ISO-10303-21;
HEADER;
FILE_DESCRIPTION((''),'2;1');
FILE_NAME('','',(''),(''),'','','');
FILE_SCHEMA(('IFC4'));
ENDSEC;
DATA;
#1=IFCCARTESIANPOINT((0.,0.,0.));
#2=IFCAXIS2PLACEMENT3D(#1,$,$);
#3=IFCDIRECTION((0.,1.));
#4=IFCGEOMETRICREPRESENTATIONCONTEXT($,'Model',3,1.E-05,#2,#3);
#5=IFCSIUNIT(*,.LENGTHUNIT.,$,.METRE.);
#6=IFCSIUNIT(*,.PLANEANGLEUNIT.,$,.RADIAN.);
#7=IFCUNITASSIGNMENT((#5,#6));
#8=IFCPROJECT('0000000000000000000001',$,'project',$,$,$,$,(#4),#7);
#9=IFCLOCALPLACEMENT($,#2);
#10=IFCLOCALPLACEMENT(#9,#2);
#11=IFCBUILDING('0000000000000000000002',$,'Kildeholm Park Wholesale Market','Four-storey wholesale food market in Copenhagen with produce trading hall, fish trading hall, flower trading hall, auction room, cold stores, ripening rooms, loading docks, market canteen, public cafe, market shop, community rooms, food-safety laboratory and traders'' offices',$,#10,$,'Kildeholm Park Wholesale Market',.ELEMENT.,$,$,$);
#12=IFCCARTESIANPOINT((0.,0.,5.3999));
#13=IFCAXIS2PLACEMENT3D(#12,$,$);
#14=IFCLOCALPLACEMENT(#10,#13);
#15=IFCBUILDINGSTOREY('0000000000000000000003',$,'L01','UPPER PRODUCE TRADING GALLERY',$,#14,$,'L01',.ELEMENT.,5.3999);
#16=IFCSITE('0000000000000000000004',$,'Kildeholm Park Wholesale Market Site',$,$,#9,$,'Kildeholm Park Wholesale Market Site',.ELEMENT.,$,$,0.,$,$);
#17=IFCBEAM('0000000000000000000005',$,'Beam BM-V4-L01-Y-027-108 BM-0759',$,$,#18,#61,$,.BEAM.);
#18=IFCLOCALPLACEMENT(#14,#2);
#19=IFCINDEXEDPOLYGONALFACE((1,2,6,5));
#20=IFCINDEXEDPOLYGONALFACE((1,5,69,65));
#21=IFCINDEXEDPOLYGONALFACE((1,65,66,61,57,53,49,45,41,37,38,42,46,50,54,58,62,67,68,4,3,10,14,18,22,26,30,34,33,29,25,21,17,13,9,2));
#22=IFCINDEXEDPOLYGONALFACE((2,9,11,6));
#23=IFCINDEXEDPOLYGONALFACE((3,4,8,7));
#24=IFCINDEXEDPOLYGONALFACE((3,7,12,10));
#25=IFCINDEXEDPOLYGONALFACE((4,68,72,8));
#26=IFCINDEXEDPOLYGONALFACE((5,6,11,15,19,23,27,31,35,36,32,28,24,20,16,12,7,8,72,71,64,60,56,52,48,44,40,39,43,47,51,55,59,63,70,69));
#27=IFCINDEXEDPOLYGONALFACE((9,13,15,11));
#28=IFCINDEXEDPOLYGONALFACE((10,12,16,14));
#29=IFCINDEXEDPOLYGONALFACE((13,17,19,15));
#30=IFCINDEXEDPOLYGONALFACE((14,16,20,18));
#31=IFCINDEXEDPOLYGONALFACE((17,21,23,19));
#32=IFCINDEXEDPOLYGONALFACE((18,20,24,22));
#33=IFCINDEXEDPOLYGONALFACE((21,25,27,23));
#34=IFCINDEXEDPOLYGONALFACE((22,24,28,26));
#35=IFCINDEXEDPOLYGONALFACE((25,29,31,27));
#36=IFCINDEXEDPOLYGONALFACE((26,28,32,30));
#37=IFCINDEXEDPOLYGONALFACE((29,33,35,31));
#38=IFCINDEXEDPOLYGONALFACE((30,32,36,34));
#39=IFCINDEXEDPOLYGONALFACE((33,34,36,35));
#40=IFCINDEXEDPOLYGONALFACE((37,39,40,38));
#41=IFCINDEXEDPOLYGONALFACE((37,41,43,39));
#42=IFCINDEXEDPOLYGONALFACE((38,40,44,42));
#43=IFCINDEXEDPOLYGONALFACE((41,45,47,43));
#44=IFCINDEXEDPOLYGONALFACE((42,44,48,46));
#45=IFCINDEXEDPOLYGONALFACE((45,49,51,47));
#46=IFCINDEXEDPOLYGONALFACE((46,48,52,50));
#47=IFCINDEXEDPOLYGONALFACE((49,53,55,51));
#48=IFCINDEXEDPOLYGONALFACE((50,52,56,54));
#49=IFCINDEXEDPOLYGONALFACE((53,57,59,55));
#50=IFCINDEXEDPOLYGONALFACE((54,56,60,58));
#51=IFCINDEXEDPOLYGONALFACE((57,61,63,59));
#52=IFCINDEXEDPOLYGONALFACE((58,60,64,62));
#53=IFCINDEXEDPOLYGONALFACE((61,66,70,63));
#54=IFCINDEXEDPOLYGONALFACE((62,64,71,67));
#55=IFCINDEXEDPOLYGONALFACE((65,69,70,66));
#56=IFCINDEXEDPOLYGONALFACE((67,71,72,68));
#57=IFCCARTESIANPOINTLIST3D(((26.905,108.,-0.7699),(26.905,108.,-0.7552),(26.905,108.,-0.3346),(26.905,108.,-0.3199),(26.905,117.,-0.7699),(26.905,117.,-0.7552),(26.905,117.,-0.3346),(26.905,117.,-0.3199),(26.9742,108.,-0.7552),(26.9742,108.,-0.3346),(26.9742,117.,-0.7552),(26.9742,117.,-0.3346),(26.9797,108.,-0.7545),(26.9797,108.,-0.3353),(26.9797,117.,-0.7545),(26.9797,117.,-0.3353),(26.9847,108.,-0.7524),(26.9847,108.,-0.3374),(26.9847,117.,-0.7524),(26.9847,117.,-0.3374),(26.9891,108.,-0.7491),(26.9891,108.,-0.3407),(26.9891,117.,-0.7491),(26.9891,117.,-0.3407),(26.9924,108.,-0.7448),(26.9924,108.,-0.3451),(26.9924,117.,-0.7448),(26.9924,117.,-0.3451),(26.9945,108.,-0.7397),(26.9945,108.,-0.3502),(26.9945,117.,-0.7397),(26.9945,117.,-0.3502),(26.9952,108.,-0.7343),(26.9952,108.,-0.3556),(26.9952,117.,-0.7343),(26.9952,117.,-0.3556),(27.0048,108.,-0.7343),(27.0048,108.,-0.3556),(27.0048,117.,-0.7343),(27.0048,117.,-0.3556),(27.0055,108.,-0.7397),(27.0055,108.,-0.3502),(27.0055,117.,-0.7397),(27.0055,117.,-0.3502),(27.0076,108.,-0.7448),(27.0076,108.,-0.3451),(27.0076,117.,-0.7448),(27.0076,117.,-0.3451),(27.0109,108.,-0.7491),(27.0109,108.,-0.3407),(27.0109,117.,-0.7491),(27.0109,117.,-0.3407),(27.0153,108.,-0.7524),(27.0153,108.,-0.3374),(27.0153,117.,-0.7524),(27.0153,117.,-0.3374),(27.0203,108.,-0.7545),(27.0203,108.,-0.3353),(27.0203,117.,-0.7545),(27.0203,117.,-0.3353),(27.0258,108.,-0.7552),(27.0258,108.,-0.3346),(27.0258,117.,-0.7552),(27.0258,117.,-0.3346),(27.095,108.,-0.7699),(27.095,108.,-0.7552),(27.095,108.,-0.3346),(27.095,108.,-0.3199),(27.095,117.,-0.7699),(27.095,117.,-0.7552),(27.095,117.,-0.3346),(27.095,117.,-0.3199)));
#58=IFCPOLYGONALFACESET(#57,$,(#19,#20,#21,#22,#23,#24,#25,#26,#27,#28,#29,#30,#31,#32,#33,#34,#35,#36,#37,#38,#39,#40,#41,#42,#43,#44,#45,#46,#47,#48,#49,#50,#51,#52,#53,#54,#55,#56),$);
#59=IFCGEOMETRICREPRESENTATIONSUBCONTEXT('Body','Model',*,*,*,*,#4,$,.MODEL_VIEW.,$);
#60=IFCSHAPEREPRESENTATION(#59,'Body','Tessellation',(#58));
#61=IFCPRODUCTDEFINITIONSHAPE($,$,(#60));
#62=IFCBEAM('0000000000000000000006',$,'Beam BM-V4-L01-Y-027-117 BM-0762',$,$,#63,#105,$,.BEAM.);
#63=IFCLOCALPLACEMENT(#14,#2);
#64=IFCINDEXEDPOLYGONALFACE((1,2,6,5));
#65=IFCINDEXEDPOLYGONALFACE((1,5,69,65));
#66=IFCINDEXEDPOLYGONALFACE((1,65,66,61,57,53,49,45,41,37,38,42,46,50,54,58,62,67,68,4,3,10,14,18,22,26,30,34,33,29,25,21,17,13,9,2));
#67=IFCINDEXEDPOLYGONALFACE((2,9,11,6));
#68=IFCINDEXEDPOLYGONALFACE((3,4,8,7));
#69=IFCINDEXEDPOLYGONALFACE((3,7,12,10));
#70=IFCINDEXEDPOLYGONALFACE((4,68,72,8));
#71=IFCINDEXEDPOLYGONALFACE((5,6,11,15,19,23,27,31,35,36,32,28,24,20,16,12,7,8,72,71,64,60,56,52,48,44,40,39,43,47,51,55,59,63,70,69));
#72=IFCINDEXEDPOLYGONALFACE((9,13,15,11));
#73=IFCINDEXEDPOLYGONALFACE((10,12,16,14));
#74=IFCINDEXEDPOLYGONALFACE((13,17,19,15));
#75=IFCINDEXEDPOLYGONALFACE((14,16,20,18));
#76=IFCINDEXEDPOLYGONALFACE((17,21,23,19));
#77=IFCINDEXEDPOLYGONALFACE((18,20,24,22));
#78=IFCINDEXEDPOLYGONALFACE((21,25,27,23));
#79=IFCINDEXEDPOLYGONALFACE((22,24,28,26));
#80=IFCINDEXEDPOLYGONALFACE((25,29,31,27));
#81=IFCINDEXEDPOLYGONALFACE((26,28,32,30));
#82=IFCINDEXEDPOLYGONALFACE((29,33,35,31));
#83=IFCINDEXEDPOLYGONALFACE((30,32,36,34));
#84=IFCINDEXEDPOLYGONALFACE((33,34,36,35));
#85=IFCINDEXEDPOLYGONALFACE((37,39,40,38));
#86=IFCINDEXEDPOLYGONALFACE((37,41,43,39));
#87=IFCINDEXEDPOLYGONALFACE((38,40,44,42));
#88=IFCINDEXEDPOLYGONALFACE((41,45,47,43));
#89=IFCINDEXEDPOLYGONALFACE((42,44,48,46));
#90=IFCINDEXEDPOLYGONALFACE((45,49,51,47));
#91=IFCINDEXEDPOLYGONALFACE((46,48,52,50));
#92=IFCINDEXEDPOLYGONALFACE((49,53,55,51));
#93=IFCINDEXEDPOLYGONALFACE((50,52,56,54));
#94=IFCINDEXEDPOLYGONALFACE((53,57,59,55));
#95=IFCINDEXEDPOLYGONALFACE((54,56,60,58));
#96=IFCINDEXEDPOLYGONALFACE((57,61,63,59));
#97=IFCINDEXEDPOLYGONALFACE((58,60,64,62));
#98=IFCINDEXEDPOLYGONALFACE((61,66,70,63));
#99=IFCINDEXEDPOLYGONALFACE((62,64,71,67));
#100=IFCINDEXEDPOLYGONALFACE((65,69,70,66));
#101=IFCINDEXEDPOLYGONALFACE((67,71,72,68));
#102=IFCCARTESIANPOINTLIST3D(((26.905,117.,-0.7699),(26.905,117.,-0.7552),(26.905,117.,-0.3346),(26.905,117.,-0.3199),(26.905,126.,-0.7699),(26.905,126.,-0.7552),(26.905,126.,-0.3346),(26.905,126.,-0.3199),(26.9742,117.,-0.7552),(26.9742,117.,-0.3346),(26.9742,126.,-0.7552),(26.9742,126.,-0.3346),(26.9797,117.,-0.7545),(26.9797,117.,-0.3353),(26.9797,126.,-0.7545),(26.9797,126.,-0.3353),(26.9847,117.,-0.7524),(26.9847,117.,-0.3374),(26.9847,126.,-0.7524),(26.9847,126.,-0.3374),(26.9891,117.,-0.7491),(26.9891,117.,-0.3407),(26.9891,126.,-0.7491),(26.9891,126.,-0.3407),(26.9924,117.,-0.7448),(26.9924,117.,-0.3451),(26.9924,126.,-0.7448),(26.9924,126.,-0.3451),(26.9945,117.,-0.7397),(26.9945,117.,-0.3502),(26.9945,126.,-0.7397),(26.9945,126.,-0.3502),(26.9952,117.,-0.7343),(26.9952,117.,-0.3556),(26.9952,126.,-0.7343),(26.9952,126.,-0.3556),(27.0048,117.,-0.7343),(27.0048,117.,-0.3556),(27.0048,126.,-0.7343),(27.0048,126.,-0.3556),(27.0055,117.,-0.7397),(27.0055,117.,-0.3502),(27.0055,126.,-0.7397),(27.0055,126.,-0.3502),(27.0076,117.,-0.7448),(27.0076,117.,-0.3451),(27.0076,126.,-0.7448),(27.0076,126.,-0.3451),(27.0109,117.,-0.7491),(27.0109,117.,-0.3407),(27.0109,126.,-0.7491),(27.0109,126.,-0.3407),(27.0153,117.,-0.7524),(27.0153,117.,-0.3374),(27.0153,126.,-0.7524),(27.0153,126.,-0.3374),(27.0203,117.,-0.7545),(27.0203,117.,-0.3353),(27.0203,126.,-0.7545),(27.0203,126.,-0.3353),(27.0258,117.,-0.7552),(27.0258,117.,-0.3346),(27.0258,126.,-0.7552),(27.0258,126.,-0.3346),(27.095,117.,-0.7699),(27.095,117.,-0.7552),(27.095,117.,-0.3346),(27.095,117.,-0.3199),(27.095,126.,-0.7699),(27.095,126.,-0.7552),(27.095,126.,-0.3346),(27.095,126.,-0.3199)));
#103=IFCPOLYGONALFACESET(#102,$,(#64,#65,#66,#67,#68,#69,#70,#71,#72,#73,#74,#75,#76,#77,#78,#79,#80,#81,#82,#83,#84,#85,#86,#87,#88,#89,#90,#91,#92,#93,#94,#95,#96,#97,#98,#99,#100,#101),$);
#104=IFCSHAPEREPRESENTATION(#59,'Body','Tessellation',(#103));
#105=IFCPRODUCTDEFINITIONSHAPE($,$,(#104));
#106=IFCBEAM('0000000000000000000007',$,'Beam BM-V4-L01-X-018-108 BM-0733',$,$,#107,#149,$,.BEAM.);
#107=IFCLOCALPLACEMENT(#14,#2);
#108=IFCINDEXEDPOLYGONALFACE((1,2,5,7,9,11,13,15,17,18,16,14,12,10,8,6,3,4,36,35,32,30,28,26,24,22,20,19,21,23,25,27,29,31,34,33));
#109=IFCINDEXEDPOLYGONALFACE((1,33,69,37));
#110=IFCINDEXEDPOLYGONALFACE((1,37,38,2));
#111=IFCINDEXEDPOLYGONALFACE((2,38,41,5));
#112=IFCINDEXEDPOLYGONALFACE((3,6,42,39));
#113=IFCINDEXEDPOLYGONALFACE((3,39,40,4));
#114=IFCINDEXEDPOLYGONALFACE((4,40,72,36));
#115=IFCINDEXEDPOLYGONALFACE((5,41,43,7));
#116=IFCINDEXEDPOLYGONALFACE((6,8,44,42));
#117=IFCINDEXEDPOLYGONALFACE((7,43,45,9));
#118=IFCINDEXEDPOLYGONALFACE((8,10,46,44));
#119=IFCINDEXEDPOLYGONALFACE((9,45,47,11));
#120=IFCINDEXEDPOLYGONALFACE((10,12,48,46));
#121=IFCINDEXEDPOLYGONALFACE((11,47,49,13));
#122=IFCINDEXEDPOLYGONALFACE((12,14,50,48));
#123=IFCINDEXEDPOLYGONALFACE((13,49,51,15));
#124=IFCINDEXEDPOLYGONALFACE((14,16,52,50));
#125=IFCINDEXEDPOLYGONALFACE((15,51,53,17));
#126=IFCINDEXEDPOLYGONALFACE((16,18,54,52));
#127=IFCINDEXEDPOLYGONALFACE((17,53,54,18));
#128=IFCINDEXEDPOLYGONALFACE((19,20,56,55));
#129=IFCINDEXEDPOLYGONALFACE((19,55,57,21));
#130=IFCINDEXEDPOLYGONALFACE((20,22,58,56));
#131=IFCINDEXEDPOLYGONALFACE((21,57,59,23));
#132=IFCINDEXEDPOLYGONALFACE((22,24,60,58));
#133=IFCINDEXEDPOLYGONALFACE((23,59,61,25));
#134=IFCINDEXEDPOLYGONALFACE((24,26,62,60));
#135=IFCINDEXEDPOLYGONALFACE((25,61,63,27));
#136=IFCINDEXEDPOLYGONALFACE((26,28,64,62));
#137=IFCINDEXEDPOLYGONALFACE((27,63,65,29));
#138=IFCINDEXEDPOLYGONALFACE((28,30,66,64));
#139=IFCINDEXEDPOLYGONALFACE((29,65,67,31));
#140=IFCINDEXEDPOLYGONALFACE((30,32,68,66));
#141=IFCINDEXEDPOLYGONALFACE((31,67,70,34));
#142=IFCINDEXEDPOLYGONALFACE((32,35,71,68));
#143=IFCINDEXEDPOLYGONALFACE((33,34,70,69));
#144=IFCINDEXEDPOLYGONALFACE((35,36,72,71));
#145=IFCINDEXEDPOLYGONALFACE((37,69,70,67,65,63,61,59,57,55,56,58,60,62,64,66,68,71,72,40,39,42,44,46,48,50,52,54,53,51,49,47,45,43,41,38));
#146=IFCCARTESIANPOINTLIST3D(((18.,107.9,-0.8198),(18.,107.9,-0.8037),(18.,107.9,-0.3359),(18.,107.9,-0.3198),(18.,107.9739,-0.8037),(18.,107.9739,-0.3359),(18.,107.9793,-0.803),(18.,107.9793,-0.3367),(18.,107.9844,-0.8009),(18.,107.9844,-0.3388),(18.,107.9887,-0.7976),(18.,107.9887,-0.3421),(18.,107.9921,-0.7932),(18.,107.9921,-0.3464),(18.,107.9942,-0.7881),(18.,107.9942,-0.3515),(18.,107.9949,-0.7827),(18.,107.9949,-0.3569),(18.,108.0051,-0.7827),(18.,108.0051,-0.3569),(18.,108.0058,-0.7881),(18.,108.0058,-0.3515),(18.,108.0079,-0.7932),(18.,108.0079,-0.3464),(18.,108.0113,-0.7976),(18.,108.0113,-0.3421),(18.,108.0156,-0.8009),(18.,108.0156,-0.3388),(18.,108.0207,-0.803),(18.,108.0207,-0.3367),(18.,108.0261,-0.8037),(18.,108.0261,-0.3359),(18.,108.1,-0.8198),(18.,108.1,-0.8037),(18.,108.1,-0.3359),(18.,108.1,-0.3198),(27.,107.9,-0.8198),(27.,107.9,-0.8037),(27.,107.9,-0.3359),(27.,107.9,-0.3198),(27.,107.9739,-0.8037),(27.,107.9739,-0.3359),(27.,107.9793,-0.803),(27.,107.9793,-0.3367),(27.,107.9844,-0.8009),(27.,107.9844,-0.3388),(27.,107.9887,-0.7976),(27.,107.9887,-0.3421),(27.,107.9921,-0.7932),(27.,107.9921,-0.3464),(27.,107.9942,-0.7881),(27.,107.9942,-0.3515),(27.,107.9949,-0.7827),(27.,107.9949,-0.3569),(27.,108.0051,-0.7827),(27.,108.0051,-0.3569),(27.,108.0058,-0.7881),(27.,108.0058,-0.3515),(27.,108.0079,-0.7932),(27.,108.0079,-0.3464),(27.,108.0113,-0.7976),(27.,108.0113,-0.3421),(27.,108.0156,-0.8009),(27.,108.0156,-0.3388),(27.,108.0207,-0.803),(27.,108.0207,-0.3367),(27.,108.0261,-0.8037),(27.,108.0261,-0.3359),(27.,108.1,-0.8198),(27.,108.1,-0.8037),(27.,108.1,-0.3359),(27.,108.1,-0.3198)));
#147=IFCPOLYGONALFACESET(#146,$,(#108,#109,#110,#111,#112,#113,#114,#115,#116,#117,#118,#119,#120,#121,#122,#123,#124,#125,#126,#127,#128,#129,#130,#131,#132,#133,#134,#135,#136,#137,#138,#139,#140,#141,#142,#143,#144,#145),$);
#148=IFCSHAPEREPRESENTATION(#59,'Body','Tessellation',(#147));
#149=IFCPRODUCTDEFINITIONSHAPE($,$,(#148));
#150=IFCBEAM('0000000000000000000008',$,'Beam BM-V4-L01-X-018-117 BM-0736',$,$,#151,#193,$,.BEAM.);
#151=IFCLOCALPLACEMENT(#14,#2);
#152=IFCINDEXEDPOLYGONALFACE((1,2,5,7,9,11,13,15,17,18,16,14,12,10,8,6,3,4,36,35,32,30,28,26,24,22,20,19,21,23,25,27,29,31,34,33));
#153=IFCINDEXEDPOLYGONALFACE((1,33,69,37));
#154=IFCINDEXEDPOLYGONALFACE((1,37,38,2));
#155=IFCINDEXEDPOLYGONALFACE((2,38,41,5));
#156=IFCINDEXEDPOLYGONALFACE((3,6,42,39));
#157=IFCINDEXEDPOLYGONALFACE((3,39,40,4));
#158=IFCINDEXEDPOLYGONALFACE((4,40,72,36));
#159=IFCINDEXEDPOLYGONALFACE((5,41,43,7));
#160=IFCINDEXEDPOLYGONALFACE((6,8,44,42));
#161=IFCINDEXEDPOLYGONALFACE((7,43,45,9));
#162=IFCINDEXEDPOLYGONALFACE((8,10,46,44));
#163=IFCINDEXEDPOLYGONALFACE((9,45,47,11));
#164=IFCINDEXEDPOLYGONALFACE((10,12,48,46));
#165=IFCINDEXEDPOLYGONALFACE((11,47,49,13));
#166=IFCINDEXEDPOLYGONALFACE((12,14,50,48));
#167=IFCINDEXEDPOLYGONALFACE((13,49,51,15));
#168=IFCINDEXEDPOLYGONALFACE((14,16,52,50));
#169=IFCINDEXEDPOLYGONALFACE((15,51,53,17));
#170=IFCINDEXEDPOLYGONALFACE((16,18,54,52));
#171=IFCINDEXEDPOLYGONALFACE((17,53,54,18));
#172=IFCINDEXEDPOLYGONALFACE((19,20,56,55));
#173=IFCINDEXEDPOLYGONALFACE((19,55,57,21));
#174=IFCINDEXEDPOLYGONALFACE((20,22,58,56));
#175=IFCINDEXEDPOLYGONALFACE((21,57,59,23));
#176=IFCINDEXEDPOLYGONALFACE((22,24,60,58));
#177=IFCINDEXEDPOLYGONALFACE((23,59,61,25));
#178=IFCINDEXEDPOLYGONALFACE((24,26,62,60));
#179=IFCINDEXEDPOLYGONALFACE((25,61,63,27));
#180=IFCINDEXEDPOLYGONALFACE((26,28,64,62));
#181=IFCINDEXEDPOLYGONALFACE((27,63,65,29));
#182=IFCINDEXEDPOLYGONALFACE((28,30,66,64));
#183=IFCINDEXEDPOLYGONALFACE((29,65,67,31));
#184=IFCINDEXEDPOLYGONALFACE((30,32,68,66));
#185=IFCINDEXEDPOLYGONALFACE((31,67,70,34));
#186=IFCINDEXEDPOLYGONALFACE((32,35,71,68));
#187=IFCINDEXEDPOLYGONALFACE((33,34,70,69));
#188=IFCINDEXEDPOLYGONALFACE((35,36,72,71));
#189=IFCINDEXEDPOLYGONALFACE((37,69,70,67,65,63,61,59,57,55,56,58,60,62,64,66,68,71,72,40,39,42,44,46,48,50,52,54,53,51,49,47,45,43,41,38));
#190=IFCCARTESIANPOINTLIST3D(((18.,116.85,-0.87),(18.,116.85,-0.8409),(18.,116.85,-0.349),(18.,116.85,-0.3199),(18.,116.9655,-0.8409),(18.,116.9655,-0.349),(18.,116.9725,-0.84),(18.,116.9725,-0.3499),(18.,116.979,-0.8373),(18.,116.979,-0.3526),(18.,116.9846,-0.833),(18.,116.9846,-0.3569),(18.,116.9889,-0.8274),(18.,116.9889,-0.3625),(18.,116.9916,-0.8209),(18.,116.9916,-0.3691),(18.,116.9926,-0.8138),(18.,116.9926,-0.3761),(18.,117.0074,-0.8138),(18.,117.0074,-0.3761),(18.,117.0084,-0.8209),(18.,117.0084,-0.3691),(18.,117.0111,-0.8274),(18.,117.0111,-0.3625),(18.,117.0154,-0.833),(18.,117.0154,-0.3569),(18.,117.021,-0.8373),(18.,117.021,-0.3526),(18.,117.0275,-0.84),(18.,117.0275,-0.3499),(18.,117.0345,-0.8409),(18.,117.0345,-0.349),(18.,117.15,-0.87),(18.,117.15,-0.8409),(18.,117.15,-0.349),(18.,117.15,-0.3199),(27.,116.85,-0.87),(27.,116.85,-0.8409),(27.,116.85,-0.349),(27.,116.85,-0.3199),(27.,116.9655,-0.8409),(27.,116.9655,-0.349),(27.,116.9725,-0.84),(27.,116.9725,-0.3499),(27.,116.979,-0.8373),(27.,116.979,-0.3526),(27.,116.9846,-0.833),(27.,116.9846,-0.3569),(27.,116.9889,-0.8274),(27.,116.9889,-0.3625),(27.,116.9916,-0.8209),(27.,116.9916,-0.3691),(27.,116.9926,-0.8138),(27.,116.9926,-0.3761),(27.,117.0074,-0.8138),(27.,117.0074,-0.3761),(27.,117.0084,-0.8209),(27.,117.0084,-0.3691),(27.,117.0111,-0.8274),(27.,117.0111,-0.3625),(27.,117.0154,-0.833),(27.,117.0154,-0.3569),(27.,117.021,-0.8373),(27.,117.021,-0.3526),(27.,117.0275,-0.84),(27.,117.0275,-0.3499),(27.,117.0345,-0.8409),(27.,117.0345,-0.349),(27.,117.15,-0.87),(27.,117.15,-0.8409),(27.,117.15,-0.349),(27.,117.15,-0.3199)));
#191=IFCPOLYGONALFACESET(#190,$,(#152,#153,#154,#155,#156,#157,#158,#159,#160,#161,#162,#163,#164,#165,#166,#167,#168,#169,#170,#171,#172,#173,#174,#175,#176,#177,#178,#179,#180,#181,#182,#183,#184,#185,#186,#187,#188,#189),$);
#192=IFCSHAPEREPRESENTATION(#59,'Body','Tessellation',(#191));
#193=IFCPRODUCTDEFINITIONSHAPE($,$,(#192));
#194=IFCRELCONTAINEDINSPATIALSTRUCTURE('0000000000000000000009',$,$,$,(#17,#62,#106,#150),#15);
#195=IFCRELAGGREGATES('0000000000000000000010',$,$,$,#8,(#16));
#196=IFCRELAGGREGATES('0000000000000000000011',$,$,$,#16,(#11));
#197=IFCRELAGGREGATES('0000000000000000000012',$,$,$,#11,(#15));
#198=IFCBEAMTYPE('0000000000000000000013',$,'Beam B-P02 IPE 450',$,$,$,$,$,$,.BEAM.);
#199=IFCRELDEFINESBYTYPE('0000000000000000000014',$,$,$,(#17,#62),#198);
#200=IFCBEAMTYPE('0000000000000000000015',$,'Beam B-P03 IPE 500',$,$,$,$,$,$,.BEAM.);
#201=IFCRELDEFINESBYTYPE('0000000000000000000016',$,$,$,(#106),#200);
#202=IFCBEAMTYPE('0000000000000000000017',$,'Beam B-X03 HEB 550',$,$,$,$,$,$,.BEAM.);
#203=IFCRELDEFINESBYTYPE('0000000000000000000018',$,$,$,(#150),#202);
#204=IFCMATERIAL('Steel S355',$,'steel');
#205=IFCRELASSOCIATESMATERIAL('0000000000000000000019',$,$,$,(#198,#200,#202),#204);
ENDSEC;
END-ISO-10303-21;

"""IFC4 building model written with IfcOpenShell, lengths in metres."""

from ifc_helpers import new_model, si_unit, direction, frame, origin, origin_2d, place, context, subcontext, project, spatial, i_section, extrude, material, material_profile, profile_set, type_object, element, save


model = new_model("IFC4")

# Units and contexts
model_context = context("Model", 3, precision=1e-05, world=origin(), true_north=direction((0.0, 1.0)))
body_context = subcontext(model_context, "Body", "Model", "MODEL_VIEW")
ifc_project = project(units=[si_unit("LENGTHUNIT", "METRE"), si_unit("PLANEANGLEUNIT", "RADIAN")], contexts=[model_context])

# Site, building, storey
site_placement = place(None, origin())
site = spatial("IfcSite", under=ifc_project, at=site_placement, Name="Kildeholm Park Wholesale Market Site", LongName="Kildeholm Park Wholesale Market Site", CompositionType="ELEMENT", RefElevation=0.0)
building_placement = place(site_placement, origin())
building = spatial("IfcBuilding", under=site, at=building_placement, Name="Kildeholm Park Wholesale Market", Description="Four-storey wholesale food market in Copenhagen with produce trading hall, fish trading hall, flower trading hall, auction room, cold stores, ripening rooms, loading docks, market canteen, public cafe, market shop, community rooms, food-safety laboratory and traders' offices", LongName="Kildeholm Park Wholesale Market", CompositionType="ELEMENT")
storey_placement = place(building_placement, frame((0.0, 0.0, 5.3999)))
storey = spatial("IfcBuildingStorey", under=building, at=storey_placement, Name="L01", Description="UPPER PRODUCE TRADING GALLERY", LongName="L01", CompositionType="ELEMENT", Elevation=5.3999)

# Beams
ifc_material_1 = material(Name="Steel S355", Category="steel")
ifc_material_profile_1 = material_profile(ifc_material_1, i_section(OverallWidth=0.1899, OverallDepth=0.45, WebThickness=0.0095, FlangeThickness=0.0146, FilletRadius=0.021, at=origin_2d()), Name="IPE 450")
ifc_profile_set_1 = profile_set([ifc_material_profile_1], Name="Steel S355")
beam_type_1 = type_object("IfcBeamType", Name="Beam B-P02 IPE 450", PredefinedType="BEAM", material=ifc_profile_set_1)
for number, where, z_axis, x_axis, name in (
    (1, (27.0, 108.0, -0.5449), (0.0, 1.0, 0.0), (-1.0, 0.0, 0.0), "Beam BM-V4-L01-Y-027-108 BM-0759"),
    (2, (27.0, 117.0, -0.5449), (0.0, 1.0, 0.0), (-1.0, 0.0, 0.0), "Beam BM-V4-L01-Y-027-117 BM-0762"),
):
    element("IfcBeam", number, at=place(storey_placement, frame(where, z_axis=z_axis, x_axis=x_axis)), inside=storey, type_object=beam_type_1, Name=name, PredefinedType="BEAM", context=body_context, shape_type="SweptSolid", body=[
        extrude(i_section(OverallWidth=0.1899, OverallDepth=0.45, WebThickness=0.0095, FlangeThickness=0.0146, FilletRadius=0.021, at=origin_2d()), origin(), (0.0, 0.0, 1.0), 9.0),
    ])
ifc_material_profile_2 = material_profile(ifc_material_1, i_section(OverallWidth=0.2, OverallDepth=0.5, WebThickness=0.0103, FlangeThickness=0.0161, FilletRadius=0.021, at=origin_2d()), Name="IPE 500")
ifc_profile_set_2 = profile_set([ifc_material_profile_2], Name="Steel S355")
beam_type_2 = type_object("IfcBeamType", Name="Beam B-P03 IPE 500", PredefinedType="BEAM", material=ifc_profile_set_2)
beam_1_placement = place(storey_placement, frame((18.0, 108.0, -0.5698), z_axis=(1.0, 0.0, 0.0), x_axis=(0.0, 1.0, 0.0)))
element("IfcBeam", 3, at=beam_1_placement, inside=storey, type_object=beam_type_2, Name="Beam BM-V4-L01-X-018-108 BM-0733", PredefinedType="BEAM", context=body_context, shape_type="SweptSolid", body=[
    extrude(i_section(OverallWidth=0.2, OverallDepth=0.5, WebThickness=0.0103, FlangeThickness=0.0161, FilletRadius=0.021, at=origin_2d()), origin(), (0.0, 0.0, 1.0), 9.0),
])
ifc_material_profile_3 = material_profile(ifc_material_1, i_section(OverallWidth=0.3, OverallDepth=0.55, WebThickness=0.0149, FlangeThickness=0.0291, FilletRadius=0.0271, at=origin_2d()), Name="HEB 550")
ifc_profile_set_3 = profile_set([ifc_material_profile_3], Name="Steel S355")
beam_type_3 = type_object("IfcBeamType", Name="Beam B-X03 HEB 550", PredefinedType="BEAM", material=ifc_profile_set_3)
for number, where, z_axis, x_axis, name in (
    (4, (18.0, 117.0, -0.595), (1.0, 0.0, 0.0), (0.0, 1.0, 0.0), "Beam BM-V4-L01-X-018-117 BM-0736"),
):
    element("IfcBeam", number, at=place(storey_placement, frame(where, z_axis=z_axis, x_axis=x_axis)), inside=storey, type_object=beam_type_3, Name=name, PredefinedType="BEAM", context=body_context, shape_type="SweptSolid", body=[
        extrude(i_section(OverallWidth=0.3, OverallDepth=0.55, WebThickness=0.0149, FlangeThickness=0.0291, FilletRadius=0.0271, at=origin_2d()), origin(), (0.0, 0.0, 1.0), 9.0),
    ])

save(model, "model.ifc")
